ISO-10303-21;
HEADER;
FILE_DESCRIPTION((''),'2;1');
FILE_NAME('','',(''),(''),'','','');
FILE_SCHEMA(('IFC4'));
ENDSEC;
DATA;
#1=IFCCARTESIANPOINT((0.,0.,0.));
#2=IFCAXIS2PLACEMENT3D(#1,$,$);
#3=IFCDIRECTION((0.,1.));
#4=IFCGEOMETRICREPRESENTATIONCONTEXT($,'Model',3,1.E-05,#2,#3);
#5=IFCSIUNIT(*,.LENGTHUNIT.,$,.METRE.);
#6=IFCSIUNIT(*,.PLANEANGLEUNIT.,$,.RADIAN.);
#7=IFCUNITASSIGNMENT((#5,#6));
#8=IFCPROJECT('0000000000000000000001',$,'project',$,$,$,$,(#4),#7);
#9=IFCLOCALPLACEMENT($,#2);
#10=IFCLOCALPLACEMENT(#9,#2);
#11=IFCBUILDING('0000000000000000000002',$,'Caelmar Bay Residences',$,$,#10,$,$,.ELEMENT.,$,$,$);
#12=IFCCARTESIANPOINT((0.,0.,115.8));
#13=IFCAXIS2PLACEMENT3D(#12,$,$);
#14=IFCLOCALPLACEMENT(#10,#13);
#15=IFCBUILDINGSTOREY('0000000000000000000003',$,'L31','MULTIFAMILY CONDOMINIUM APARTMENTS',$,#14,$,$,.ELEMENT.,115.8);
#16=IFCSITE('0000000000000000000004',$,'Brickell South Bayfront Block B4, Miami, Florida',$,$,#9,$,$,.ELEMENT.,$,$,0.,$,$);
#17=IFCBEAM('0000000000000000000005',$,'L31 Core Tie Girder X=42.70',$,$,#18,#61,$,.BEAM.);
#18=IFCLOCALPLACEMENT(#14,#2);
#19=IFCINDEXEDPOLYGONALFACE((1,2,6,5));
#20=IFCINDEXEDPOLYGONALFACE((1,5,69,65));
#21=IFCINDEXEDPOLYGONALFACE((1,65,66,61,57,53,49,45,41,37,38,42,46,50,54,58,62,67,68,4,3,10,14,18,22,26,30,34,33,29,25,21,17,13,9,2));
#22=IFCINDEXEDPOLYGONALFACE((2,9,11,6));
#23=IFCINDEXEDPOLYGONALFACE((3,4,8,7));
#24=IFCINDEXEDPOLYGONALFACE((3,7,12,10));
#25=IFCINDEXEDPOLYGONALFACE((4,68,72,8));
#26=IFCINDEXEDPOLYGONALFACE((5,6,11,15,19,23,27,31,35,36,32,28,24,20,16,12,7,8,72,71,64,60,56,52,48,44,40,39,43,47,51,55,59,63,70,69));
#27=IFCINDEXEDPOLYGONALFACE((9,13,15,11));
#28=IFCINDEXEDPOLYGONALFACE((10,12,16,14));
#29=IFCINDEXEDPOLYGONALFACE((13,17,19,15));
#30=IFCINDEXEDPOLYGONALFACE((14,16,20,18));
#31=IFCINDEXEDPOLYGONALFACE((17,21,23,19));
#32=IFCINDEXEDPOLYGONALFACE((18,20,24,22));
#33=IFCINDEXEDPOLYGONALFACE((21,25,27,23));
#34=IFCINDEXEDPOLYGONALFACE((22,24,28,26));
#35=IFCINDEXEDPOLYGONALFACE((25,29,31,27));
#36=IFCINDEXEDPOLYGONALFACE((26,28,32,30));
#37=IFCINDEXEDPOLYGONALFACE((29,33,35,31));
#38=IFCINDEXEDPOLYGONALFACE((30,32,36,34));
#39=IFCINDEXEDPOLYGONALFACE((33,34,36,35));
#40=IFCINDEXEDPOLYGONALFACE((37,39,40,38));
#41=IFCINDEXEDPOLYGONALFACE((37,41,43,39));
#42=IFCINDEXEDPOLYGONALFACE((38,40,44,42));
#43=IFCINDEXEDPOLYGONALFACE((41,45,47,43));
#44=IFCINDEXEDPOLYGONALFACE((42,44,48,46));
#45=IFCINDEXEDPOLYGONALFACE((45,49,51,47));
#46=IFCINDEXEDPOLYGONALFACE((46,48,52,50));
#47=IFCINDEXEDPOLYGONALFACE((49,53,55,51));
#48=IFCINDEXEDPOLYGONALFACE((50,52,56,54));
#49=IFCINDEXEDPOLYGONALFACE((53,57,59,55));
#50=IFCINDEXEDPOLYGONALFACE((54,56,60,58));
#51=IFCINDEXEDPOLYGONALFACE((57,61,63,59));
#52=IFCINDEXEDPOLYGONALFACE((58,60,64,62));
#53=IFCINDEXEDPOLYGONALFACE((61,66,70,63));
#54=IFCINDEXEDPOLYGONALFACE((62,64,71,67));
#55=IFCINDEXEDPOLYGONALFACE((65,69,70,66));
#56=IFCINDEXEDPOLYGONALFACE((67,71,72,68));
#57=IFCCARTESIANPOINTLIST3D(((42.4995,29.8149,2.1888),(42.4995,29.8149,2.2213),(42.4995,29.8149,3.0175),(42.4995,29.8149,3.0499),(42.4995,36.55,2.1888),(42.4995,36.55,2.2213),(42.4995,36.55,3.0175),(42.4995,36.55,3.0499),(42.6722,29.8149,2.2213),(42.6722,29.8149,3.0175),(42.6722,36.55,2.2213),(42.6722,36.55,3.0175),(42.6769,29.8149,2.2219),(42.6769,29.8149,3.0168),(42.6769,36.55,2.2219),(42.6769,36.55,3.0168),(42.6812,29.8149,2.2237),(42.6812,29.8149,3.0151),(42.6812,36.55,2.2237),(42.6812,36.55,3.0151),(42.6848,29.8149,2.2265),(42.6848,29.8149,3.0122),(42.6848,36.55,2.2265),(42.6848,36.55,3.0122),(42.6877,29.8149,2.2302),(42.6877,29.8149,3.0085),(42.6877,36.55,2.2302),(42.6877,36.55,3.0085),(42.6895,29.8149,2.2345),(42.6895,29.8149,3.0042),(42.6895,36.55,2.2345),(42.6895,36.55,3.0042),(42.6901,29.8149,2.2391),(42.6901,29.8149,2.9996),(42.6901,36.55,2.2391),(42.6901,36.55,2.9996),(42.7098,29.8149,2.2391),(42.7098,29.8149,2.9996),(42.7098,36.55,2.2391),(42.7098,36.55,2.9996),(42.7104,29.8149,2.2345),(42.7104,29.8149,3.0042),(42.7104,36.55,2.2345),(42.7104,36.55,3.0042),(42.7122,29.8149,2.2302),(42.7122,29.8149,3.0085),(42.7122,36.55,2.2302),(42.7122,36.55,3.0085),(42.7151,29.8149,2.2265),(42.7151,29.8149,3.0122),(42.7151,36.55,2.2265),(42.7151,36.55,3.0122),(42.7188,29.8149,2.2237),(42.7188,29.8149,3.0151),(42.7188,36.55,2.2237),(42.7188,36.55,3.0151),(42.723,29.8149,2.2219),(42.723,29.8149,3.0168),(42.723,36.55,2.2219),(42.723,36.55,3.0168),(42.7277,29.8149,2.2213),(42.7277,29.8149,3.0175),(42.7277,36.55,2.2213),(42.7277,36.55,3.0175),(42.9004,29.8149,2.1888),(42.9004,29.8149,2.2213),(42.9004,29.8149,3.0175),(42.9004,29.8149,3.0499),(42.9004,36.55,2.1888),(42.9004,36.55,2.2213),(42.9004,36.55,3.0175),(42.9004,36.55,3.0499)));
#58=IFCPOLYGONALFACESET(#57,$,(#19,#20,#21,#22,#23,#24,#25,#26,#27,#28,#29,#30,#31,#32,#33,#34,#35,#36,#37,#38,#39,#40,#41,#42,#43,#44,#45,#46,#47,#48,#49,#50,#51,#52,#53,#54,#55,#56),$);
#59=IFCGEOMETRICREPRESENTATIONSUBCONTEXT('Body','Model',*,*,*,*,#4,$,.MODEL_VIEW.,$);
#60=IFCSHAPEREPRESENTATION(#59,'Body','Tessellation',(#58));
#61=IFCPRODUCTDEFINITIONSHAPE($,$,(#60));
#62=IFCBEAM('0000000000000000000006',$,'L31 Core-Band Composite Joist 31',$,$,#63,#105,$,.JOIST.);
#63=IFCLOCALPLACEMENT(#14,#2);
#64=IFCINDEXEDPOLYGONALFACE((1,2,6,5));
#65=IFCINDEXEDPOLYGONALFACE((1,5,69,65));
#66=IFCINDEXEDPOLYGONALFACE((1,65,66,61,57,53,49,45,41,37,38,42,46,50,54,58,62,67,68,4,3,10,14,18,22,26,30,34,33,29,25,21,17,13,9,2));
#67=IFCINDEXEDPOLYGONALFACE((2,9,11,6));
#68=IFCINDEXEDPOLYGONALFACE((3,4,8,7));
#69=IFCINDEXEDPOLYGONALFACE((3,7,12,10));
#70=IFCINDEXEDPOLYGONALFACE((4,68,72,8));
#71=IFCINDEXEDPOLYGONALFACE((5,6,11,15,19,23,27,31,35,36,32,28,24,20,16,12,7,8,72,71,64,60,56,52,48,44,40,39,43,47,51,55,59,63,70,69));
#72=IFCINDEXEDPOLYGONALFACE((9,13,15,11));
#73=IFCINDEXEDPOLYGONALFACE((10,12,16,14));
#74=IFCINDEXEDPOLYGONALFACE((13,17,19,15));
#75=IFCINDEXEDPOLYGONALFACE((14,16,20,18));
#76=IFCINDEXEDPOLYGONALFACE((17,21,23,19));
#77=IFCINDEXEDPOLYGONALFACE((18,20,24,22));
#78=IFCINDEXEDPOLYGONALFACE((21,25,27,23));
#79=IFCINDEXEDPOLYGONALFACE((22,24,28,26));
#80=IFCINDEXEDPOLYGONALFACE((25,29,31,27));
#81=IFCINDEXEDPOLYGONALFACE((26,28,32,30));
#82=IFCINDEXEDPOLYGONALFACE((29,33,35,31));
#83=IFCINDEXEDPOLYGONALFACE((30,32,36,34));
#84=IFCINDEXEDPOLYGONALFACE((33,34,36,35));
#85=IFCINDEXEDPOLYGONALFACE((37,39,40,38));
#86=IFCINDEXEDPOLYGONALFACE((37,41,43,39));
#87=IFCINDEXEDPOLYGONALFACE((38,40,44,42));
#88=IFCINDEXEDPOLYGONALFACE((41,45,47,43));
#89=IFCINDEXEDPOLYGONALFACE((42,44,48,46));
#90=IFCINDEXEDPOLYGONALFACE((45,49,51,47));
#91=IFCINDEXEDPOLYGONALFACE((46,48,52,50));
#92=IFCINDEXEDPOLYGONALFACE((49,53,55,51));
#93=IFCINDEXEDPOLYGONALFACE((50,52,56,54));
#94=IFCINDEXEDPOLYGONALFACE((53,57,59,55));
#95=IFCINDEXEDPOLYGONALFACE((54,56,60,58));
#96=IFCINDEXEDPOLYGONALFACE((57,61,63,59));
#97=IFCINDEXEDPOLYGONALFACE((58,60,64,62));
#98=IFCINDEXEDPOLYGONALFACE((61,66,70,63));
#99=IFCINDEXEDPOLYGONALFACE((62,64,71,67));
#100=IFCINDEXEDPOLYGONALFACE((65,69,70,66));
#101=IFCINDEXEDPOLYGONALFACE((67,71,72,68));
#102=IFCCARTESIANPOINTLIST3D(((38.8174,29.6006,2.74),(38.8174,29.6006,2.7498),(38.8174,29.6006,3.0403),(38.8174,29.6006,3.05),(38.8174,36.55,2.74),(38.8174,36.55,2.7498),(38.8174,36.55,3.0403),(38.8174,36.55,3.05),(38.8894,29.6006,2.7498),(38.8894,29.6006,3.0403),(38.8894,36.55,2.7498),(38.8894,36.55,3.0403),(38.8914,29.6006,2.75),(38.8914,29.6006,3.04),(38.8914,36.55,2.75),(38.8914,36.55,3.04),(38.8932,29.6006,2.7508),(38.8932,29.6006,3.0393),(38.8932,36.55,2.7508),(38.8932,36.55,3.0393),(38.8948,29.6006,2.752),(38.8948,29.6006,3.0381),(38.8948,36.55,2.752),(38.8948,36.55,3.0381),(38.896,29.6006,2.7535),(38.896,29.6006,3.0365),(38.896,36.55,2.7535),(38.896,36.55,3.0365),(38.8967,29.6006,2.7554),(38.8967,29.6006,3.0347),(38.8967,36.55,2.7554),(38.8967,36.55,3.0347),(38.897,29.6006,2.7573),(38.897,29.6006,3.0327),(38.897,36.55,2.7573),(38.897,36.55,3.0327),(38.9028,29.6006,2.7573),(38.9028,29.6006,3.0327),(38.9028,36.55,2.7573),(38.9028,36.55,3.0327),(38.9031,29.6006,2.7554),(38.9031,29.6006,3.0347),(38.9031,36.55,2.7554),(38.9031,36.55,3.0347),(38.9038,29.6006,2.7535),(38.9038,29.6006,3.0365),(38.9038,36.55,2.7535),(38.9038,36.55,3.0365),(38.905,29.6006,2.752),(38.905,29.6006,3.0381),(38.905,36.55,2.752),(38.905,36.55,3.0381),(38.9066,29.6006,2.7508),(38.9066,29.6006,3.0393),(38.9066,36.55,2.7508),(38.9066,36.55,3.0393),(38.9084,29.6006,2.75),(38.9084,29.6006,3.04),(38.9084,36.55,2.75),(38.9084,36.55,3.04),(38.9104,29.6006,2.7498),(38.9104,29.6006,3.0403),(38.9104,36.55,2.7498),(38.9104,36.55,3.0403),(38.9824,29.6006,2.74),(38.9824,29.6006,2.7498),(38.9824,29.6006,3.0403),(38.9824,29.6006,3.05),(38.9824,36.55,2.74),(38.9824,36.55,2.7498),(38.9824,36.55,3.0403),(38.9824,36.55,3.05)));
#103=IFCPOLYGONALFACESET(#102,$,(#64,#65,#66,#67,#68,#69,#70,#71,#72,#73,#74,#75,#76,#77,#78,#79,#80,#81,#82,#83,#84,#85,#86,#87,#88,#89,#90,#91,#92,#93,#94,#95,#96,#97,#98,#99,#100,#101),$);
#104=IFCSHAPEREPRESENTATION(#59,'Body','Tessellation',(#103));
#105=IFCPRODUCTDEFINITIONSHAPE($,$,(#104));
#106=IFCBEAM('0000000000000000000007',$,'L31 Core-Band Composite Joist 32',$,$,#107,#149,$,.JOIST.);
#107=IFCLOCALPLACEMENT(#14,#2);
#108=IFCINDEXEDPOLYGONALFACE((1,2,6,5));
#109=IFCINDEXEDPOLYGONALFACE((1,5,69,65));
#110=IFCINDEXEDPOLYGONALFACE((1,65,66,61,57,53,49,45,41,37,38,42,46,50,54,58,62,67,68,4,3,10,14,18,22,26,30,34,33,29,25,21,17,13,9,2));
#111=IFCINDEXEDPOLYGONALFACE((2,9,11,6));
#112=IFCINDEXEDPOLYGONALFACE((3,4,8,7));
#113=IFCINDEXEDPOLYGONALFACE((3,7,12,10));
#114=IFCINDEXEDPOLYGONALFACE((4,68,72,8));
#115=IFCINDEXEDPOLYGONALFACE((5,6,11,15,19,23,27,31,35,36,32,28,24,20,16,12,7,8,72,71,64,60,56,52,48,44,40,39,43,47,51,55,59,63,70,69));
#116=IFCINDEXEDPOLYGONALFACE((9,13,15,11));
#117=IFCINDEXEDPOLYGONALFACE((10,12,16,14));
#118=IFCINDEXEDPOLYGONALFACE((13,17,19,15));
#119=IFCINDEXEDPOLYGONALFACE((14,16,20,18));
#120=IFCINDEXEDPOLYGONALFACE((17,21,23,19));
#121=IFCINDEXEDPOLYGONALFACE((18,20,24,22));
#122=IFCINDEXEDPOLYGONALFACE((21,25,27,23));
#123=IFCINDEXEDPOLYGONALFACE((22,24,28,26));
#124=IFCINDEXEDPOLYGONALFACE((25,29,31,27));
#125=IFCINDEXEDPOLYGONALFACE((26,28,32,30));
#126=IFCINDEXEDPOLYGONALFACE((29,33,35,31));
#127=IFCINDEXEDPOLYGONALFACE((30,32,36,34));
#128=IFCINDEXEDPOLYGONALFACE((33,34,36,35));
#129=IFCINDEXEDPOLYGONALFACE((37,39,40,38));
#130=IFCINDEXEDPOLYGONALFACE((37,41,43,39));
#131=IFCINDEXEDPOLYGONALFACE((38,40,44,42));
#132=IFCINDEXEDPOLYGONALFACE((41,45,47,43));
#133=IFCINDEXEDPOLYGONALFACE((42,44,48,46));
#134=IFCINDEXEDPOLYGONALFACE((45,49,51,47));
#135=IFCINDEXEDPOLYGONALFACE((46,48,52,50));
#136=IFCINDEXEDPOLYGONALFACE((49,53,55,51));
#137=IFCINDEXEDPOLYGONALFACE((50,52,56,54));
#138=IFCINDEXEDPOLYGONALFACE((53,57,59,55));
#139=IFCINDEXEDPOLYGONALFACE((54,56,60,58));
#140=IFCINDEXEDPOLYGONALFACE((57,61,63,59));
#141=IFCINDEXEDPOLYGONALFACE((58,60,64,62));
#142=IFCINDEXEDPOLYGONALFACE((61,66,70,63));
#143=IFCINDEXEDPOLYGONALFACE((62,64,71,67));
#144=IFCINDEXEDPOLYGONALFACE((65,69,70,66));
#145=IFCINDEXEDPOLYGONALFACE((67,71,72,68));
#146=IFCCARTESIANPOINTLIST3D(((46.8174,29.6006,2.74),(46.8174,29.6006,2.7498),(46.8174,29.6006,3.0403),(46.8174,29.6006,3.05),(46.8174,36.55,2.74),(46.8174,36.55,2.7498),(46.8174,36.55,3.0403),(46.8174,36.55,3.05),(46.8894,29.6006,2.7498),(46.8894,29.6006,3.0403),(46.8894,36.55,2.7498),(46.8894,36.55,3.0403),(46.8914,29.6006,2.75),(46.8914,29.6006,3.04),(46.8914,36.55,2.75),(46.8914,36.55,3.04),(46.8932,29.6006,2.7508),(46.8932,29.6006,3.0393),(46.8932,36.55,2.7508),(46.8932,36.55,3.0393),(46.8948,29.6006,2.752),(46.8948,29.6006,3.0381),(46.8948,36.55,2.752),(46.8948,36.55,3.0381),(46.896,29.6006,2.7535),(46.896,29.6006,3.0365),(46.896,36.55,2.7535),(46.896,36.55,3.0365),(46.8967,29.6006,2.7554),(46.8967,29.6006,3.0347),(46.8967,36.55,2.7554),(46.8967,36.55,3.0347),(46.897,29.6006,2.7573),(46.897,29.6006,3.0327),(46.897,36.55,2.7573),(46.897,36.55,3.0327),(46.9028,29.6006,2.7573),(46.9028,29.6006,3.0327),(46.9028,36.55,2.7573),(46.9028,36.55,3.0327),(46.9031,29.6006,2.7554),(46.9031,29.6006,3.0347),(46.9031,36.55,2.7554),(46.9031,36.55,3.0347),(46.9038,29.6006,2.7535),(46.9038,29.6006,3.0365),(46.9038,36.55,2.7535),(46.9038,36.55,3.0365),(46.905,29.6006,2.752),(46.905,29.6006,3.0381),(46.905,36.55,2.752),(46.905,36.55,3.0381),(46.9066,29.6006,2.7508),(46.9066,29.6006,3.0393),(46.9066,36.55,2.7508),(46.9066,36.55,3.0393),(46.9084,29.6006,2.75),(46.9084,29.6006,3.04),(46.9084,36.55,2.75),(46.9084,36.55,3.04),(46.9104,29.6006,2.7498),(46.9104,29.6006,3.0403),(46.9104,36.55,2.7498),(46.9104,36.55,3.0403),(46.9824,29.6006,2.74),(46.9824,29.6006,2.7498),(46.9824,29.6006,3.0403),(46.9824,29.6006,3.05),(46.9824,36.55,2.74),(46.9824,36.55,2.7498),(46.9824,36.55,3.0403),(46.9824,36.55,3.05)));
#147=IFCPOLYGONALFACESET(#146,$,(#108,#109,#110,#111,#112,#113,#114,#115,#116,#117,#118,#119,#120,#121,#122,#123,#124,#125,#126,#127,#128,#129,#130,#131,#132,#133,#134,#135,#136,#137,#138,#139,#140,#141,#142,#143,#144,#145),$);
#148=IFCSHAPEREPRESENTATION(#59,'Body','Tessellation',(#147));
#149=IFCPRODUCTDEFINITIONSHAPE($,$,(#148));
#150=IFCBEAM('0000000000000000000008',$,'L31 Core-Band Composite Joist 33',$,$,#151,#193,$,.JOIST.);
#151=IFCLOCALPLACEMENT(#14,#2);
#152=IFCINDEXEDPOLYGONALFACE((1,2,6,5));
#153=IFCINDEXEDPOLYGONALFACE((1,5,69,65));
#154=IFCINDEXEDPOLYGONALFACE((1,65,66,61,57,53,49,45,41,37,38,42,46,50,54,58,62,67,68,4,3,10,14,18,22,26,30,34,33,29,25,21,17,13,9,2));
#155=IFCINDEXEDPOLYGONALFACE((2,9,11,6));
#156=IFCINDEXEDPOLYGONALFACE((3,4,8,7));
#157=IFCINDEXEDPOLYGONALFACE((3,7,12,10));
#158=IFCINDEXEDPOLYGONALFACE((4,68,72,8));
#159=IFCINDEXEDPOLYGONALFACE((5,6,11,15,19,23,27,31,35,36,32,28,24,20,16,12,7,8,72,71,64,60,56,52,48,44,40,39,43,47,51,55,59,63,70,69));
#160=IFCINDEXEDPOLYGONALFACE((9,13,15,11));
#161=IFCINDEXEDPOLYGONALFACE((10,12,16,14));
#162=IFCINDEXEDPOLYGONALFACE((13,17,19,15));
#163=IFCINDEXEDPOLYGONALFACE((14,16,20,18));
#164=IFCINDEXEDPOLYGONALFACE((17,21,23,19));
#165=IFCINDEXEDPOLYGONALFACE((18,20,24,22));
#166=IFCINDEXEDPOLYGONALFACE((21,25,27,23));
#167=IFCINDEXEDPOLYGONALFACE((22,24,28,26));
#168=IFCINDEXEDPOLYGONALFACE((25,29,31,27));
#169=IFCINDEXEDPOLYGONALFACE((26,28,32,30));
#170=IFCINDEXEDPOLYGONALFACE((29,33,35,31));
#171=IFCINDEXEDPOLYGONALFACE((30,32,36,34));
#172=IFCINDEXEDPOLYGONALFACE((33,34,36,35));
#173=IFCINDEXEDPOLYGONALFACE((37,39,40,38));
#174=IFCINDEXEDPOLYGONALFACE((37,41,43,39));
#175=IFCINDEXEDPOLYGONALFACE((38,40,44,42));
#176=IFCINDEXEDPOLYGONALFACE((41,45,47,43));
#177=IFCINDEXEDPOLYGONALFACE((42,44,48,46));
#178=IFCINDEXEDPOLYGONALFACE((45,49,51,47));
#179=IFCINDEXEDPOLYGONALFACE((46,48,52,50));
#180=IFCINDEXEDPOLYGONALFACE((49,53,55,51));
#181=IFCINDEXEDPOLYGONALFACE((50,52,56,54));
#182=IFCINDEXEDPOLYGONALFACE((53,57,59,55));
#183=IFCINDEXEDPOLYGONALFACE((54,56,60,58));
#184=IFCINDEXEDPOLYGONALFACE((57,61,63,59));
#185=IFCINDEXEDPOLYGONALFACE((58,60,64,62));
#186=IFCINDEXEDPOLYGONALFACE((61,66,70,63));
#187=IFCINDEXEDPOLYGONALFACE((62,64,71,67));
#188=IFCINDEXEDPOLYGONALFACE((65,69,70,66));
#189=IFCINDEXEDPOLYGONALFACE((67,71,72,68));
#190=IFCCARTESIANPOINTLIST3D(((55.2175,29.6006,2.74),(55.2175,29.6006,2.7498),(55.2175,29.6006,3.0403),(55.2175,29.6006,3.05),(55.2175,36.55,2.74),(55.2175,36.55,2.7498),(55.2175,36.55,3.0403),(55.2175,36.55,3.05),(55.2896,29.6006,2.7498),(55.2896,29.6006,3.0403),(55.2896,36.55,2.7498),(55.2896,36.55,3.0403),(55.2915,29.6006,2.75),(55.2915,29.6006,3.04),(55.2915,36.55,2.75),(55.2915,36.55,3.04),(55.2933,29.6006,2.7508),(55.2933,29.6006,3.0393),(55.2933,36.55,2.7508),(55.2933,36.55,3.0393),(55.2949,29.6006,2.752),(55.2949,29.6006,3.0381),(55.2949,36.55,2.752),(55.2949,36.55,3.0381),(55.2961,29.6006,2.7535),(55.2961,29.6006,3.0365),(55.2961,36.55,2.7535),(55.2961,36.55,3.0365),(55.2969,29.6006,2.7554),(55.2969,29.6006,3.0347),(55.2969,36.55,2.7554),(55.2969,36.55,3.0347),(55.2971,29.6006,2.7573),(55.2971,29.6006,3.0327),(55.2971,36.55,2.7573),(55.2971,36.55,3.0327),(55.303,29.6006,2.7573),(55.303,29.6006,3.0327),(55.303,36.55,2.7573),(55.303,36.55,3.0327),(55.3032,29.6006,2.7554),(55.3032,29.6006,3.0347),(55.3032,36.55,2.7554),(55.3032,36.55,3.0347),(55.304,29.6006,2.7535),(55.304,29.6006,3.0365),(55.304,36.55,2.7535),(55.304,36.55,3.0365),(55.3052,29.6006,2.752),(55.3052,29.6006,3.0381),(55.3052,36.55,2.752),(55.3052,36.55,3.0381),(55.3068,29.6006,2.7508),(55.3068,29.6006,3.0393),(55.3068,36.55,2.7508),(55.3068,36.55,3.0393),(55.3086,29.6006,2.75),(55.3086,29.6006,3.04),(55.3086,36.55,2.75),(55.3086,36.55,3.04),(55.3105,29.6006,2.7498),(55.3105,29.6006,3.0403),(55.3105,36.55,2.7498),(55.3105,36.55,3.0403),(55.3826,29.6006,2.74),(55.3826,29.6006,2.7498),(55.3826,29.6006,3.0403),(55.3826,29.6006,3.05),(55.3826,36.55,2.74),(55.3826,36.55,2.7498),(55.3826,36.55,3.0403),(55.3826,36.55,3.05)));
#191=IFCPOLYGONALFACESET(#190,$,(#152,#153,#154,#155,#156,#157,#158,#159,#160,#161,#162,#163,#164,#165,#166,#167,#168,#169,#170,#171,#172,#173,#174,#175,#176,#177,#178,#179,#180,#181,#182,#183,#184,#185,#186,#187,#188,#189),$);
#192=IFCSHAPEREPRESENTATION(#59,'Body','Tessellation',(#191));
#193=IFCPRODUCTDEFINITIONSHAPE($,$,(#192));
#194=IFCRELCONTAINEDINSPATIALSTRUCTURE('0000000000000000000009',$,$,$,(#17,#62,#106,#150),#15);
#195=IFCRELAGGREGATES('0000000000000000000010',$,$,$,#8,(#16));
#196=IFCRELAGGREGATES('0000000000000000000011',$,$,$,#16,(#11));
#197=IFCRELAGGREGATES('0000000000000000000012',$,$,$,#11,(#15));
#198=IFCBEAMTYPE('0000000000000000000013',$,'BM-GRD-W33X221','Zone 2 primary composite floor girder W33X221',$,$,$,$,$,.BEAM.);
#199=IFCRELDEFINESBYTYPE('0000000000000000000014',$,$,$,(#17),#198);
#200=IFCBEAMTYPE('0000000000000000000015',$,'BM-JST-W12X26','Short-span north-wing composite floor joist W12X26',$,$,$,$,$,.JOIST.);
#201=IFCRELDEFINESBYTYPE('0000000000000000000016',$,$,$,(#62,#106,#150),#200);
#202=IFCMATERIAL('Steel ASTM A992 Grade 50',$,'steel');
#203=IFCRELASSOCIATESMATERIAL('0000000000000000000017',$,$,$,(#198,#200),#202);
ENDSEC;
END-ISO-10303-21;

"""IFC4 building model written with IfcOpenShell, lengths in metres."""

from ifc_helpers import new_model, si_unit, direction, frame, origin, origin_2d, place, context, subcontext, project, spatial, i_section, extrude, material, material_profile, profile_set, type_object, element, save


model = new_model("IFC4")

# Units and contexts
model_context = context("Model", 3, precision=1e-05, world=origin(), true_north=direction((0.0, 1.0)))
body_context = subcontext(model_context, "Body", "Model", "MODEL_VIEW")
ifc_project = project(units=[si_unit("LENGTHUNIT", "METRE"), si_unit("PLANEANGLEUNIT", "RADIAN")], contexts=[model_context])

# Site, building, storey
site_placement = place(None, origin())
site = spatial("IfcSite", under=ifc_project, at=site_placement, Name="Brickell South Bayfront Block B4, Miami, Florida", CompositionType="ELEMENT", RefElevation=0.0)
building_placement = place(site_placement, origin())
building = spatial("IfcBuilding", under=site, at=building_placement, Name="Caelmar Bay Residences", CompositionType="ELEMENT")
storey_placement = place(building_placement, frame((0.0, 0.0, 115.8)))
storey = spatial("IfcBuildingStorey", under=building, at=storey_placement, Name="L31", Description="MULTIFAMILY CONDOMINIUM APARTMENTS", CompositionType="ELEMENT", Elevation=115.8)

# Beams
ifc_material_1 = material(Name="Steel ASTM A992 Grade 50", Category="steel")
ifc_material_profile_1 = material_profile(ifc_material_1, i_section(OverallWidth=0.4009, OverallDepth=0.8611, WebThickness=0.0198, FlangeThickness=0.0325, FilletRadius=0.0178, at=origin_2d()), Name="W33X221")
ifc_profile_set_1 = profile_set([ifc_material_profile_1], Name="Steel ASTM A992 Grade 50")
beam_type_1 = type_object("IfcBeamType", Name="BM-GRD-W33X221", Description="Zone 2 primary composite floor girder W33X221", PredefinedType="BEAM", material=ifc_profile_set_1)
beam_1_placement = place(storey_placement, frame((42.7, 29.8149, 2.6194), z_axis=(0.0, 1.0, 0.0), x_axis=(-1.0, 0.0, 0.0)))
element("IfcBeam", 1, at=beam_1_placement, inside=storey, type_object=beam_type_1, Name="L31 Core Tie Girder X=42.70", PredefinedType="BEAM", context=body_context, shape_type="SweptSolid", body=[
    extrude(i_section(OverallWidth=0.4009, OverallDepth=0.8611, WebThickness=0.0198, FlangeThickness=0.0325, FilletRadius=0.0178, at=origin_2d()), origin(), (0.0, 0.0, 1.0), 6.7351),
])
ifc_material_profile_2 = material_profile(ifc_material_1, i_section(OverallWidth=0.165, OverallDepth=0.3101, WebThickness=0.0059, FlangeThickness=0.0098, FilletRadius=0.0076, at=origin_2d()), Name="W12X26")
ifc_profile_set_2 = profile_set([ifc_material_profile_2], Name="Steel ASTM A992 Grade 50")
beam_type_2 = type_object("IfcBeamType", Name="BM-JST-W12X26", Description="Short-span north-wing composite floor joist W12X26", PredefinedType="JOIST", material=ifc_profile_set_2)
for number, where, z_axis, x_axis, name in (
    (2, (38.8999, 29.6006, 2.895), (0.0, 1.0, 0.0), (-1.0, 0.0, 0.0), "L31 Core-Band Composite Joist 31"),
    (3, (46.8999, 29.6006, 2.895), (0.0, 1.0, 0.0), (-1.0, 0.0, 0.0), "L31 Core-Band Composite Joist 32"),
    (4, (55.3, 29.6006, 2.895), (0.0, 1.0, 0.0), (-1.0, 0.0, 0.0), "L31 Core-Band Composite Joist 33"),
):
    element("IfcBeam", number, at=place(storey_placement, frame(where, z_axis=z_axis, x_axis=x_axis)), inside=storey, type_object=beam_type_2, Name=name, PredefinedType="JOIST", context=body_context, shape_type="SweptSolid", body=[
        extrude(i_section(OverallWidth=0.165, OverallDepth=0.3101, WebThickness=0.0059, FlangeThickness=0.0098, FilletRadius=0.0076, at=origin_2d()), origin(), (0.0, 0.0, 1.0), 6.9495),
    ])

save(model, "model.ifc")
